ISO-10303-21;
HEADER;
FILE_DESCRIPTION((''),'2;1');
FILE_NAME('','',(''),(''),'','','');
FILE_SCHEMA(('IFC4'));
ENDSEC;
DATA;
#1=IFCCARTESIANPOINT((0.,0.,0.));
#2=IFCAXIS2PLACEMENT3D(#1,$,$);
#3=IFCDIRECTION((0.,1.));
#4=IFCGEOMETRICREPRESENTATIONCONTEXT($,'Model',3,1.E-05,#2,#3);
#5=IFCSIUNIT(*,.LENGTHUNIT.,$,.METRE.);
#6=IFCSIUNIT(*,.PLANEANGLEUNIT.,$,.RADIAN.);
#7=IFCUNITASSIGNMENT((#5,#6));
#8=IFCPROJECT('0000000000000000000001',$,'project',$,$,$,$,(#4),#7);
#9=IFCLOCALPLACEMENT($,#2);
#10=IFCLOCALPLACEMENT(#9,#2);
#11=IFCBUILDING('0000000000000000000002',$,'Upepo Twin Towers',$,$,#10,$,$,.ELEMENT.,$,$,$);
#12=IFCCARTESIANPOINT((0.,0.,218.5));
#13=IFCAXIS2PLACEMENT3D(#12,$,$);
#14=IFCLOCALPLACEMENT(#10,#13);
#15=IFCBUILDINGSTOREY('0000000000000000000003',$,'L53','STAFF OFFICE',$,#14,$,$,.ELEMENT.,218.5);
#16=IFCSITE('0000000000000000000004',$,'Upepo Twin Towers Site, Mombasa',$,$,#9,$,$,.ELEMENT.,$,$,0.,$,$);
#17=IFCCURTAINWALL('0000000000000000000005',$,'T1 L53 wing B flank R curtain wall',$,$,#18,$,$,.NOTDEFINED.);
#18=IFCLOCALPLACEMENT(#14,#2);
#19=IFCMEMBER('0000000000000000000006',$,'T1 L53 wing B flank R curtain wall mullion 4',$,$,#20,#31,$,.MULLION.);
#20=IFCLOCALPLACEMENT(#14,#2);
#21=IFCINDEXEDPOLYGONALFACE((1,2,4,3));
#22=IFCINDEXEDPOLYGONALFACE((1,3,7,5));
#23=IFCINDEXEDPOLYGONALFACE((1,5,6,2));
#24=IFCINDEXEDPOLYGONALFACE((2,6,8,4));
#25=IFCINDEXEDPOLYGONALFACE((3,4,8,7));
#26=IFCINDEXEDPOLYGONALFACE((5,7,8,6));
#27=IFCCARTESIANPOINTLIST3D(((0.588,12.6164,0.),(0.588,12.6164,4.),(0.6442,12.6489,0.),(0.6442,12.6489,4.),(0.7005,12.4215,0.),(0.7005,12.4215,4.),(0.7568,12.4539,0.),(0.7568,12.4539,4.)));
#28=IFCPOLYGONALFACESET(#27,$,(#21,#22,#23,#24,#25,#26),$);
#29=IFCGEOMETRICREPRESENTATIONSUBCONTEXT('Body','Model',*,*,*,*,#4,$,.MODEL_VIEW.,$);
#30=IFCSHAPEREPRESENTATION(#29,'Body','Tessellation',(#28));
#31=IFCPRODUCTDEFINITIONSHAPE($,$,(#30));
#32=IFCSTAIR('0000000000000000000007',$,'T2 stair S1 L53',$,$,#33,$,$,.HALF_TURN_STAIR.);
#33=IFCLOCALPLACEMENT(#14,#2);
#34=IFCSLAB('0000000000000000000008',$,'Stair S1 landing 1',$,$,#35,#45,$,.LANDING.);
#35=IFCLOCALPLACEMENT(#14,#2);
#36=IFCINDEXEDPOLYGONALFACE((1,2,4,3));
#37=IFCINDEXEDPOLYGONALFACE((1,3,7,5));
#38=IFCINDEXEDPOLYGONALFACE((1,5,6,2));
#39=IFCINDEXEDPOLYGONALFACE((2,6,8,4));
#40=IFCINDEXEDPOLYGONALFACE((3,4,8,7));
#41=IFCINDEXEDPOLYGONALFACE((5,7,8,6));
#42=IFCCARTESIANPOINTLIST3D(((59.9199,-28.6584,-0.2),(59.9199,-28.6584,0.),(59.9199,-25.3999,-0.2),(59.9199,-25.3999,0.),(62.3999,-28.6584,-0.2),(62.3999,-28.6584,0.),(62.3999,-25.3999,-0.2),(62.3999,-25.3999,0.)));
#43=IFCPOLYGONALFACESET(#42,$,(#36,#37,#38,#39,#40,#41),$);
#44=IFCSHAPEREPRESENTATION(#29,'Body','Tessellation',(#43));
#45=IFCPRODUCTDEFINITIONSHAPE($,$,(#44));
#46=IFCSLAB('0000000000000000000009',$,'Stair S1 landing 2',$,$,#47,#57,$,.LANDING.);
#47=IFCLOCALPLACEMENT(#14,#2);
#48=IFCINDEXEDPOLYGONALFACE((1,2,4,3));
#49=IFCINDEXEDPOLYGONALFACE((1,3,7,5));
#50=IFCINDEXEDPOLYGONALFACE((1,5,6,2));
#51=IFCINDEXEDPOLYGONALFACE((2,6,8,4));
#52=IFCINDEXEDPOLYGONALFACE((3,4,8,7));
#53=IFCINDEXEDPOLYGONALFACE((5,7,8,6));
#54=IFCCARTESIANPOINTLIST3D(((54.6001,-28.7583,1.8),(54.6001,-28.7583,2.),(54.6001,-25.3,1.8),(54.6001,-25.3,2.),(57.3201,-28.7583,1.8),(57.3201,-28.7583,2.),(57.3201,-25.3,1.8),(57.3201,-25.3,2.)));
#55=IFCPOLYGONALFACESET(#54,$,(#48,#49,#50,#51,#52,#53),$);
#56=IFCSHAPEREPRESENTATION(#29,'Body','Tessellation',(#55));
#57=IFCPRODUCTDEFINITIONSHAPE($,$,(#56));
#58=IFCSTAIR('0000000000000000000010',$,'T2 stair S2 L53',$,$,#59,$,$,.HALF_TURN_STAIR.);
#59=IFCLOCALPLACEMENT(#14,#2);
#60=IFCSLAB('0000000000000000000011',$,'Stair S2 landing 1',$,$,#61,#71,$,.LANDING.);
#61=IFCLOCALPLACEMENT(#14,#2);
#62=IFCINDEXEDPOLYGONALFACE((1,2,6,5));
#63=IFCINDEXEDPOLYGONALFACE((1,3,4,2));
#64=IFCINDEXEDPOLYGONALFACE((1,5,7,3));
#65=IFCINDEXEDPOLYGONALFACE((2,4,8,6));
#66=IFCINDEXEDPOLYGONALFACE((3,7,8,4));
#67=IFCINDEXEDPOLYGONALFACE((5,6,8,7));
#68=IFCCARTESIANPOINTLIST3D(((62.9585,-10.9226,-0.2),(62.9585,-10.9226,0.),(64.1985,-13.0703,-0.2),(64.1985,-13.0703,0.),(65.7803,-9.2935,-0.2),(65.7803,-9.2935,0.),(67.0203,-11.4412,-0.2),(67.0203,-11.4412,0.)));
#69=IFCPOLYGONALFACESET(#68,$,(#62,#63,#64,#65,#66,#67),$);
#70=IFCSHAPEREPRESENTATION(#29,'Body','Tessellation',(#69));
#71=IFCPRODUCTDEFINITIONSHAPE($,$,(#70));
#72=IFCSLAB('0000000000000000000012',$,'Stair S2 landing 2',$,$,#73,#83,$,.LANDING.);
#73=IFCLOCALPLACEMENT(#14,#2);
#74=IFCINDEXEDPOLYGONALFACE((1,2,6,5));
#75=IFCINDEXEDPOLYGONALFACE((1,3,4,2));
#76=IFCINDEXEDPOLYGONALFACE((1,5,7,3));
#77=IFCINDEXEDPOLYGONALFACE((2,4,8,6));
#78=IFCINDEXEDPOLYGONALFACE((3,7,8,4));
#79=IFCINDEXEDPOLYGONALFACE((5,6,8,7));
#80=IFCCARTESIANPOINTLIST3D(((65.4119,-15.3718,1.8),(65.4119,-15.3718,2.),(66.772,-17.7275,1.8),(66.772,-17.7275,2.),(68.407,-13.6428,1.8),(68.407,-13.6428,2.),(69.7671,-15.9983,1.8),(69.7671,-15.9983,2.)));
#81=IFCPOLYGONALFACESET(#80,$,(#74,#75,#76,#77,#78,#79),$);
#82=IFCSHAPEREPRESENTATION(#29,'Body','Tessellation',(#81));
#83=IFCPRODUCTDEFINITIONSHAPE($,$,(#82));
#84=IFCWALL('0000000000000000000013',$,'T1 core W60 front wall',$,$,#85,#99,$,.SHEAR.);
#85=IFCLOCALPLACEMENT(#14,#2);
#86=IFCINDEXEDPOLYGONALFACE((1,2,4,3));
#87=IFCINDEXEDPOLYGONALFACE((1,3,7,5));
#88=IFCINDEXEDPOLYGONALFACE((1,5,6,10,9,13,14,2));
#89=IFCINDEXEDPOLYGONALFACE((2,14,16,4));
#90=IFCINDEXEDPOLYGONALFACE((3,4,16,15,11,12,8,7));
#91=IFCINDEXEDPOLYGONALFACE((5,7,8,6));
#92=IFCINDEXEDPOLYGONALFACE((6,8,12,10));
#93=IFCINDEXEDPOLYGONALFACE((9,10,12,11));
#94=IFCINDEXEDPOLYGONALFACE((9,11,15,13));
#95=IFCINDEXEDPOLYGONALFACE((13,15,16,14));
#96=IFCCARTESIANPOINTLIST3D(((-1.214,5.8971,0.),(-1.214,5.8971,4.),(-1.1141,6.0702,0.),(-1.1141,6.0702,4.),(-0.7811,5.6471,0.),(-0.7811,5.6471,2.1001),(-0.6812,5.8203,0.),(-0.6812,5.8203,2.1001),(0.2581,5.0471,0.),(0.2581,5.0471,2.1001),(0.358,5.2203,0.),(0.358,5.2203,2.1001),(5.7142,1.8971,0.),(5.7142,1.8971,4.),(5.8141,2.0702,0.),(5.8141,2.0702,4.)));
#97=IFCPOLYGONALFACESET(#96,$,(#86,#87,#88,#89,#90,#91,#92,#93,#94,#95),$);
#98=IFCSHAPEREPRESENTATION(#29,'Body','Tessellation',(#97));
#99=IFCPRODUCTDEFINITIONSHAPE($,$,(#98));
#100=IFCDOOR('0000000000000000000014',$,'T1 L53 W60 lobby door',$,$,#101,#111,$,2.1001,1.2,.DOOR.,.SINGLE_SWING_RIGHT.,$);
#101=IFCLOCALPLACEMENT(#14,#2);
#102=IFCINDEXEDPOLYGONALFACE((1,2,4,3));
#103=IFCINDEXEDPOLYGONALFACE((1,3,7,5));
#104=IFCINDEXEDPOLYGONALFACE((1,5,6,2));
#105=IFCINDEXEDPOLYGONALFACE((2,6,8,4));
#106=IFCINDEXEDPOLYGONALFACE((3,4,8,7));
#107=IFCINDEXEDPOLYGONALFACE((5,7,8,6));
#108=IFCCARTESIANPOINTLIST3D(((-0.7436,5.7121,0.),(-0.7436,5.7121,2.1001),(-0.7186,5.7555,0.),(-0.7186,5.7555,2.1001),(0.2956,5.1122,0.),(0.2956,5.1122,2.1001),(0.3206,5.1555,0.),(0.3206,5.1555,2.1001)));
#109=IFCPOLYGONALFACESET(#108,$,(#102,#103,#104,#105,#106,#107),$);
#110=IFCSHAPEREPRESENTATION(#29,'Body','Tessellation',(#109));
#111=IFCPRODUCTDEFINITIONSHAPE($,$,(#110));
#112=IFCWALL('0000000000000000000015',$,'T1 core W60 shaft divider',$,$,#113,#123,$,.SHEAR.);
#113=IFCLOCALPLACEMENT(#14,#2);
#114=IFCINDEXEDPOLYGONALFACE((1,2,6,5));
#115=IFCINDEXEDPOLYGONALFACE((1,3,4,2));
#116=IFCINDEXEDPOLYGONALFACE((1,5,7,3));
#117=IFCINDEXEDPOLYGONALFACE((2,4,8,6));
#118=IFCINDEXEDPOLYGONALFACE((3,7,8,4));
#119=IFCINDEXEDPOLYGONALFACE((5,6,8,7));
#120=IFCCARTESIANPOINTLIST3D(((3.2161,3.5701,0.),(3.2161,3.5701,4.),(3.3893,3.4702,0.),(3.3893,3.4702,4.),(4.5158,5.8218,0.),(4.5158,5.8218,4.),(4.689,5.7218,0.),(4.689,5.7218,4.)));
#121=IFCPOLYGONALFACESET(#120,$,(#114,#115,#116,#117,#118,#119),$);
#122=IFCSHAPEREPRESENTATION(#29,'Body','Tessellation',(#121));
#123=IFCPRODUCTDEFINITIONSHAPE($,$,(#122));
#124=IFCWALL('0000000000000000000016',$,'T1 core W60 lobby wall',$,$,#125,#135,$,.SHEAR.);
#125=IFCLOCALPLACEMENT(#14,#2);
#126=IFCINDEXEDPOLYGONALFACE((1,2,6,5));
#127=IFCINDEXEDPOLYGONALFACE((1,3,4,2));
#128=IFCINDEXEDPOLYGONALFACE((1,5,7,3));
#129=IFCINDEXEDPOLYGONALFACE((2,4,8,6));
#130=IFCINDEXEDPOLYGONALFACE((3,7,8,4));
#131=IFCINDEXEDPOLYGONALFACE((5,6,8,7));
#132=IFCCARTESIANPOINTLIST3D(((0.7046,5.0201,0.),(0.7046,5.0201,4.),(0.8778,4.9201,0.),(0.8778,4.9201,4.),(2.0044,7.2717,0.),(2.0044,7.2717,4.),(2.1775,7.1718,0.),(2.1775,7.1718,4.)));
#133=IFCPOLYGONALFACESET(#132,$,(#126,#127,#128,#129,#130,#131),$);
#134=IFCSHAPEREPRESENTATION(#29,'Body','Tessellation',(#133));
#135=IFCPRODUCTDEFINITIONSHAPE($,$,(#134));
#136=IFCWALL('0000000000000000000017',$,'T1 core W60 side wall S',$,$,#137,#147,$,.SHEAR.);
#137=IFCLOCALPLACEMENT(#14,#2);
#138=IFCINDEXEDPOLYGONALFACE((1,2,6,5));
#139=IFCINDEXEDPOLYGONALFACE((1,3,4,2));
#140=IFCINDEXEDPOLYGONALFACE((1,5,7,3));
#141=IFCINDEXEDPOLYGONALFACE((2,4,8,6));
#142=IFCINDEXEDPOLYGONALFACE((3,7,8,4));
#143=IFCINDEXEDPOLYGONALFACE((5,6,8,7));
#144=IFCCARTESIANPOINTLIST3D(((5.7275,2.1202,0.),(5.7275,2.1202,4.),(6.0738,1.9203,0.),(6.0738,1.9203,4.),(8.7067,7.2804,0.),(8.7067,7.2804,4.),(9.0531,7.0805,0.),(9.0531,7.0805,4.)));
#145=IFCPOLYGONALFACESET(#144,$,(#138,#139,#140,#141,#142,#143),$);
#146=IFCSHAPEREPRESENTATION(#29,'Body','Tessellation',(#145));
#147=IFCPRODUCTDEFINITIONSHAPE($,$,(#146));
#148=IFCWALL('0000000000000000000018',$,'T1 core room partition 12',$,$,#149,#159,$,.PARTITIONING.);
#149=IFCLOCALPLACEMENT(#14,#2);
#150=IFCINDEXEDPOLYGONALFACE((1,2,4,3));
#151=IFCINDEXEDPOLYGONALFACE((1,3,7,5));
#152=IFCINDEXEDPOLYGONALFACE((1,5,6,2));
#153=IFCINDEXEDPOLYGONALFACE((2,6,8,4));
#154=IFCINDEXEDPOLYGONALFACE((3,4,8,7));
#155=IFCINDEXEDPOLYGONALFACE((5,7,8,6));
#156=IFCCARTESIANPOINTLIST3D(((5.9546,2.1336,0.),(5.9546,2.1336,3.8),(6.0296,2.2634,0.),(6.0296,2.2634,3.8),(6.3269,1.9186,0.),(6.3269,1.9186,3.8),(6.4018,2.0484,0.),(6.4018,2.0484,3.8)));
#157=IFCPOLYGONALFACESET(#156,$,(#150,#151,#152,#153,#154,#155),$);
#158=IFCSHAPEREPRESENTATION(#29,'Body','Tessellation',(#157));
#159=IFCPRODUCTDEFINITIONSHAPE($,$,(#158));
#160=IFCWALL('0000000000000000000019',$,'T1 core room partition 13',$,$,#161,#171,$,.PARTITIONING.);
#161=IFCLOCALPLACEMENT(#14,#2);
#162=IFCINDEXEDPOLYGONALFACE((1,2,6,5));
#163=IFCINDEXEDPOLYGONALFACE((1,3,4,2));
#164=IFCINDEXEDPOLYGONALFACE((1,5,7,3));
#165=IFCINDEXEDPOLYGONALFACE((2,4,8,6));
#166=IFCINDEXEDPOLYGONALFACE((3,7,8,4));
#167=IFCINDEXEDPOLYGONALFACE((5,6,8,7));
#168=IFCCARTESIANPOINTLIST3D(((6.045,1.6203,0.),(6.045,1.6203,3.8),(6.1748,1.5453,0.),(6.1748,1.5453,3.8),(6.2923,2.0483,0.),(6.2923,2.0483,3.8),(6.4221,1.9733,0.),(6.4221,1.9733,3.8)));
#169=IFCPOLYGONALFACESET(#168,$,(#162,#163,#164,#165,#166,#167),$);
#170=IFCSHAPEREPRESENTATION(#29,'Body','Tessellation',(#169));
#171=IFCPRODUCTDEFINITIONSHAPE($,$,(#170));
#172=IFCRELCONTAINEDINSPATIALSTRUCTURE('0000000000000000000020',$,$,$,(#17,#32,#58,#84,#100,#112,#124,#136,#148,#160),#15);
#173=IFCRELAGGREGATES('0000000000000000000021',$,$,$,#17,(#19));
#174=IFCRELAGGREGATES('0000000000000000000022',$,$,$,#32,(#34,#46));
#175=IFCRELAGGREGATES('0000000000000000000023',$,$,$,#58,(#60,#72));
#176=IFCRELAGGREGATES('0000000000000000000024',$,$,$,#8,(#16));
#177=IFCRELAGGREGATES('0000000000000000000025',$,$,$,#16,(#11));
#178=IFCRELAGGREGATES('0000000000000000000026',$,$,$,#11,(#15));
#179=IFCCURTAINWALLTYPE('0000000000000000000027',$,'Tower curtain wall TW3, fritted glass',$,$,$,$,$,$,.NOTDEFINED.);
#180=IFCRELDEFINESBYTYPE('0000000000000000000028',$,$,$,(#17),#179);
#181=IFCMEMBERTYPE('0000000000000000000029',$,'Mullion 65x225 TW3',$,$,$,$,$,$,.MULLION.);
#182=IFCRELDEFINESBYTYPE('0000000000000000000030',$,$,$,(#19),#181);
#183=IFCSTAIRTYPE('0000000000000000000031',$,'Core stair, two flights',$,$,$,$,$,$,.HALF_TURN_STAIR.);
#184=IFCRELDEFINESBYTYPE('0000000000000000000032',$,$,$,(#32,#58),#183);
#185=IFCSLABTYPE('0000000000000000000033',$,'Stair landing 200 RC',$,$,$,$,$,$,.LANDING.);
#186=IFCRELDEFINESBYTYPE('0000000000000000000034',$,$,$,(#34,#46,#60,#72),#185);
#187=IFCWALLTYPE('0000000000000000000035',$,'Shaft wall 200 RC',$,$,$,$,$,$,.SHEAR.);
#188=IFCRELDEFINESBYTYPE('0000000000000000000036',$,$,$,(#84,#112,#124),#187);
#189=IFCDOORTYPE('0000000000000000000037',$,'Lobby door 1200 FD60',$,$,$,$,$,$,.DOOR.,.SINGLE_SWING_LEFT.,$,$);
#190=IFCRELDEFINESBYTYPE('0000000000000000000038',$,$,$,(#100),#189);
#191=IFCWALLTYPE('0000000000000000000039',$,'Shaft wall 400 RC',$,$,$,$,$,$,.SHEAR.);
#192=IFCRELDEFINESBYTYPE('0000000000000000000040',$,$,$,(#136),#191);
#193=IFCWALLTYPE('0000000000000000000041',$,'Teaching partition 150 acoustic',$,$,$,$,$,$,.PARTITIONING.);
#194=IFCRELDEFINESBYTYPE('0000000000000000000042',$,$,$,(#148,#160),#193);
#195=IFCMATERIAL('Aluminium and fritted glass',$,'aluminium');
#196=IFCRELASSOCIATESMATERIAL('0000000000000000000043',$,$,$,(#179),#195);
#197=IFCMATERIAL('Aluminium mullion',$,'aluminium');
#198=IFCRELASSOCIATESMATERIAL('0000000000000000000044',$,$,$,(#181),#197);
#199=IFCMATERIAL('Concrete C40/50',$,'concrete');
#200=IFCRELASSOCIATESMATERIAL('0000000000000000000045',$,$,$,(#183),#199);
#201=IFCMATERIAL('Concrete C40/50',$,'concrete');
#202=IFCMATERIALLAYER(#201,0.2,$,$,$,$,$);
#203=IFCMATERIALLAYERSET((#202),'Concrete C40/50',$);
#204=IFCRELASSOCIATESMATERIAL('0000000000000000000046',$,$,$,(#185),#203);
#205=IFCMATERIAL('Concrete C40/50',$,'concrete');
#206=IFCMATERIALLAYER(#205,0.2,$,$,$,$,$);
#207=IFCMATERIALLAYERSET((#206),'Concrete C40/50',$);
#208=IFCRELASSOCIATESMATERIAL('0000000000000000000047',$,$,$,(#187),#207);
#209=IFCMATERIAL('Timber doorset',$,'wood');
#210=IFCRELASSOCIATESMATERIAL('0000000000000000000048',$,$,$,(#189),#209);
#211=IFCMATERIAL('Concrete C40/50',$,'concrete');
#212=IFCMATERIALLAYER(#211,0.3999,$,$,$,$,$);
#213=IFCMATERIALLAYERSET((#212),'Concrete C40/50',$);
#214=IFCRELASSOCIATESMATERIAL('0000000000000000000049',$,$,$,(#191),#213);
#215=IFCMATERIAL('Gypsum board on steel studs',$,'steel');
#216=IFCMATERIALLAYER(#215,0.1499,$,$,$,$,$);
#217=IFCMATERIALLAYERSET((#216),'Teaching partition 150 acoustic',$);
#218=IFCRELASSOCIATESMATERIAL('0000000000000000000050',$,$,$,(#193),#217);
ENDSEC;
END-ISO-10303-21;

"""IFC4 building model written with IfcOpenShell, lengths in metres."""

from ifc_helpers import new_model, si_unit, direction, frame, frame_2d, origin, origin_2d, place, context, subcontext, project, spatial, polyline, rectangle, outline, extrude, material, layer, layer_set, material_profile, profile_set, type_object, element, fill, aggregate, save


model = new_model("IFC4")

# Units and contexts
model_context = context("Model", 3, precision=1e-05, world=origin(), true_north=direction((0.0, 1.0)))
body_context = subcontext(model_context, "Body", "Model", "MODEL_VIEW")
ifc_project = project(units=[si_unit("LENGTHUNIT", "METRE"), si_unit("PLANEANGLEUNIT", "RADIAN")], contexts=[model_context])

# Site, building, storey
site_placement = place(None, origin())
site = spatial("IfcSite", under=ifc_project, at=site_placement, Name="Upepo Twin Towers Site, Mombasa", CompositionType="ELEMENT", RefElevation=0.0)
building_placement = place(site_placement, origin())
building = spatial("IfcBuilding", under=site, at=building_placement, Name="Upepo Twin Towers", CompositionType="ELEMENT")
storey_placement = place(building_placement, frame((0.0, 0.0, 218.5)))
storey = spatial("IfcBuildingStorey", under=building, at=storey_placement, Name="L53", Description="STAFF OFFICE", CompositionType="ELEMENT", Elevation=218.5)

# Curtain wall, member
ifc_material_1 = material(Name="Aluminium and fritted glass", Category="aluminium")
curtain_wall_type = type_object("IfcCurtainWallType", Name="Tower curtain wall TW3, fritted glass", PredefinedType="NOTDEFINED", material=ifc_material_1)
curtain_wall_placement = place(storey_placement, origin())
curtain_wall = element("IfcCurtainWall", 1, at=curtain_wall_placement, inside=storey, type_object=curtain_wall_type, Name="T1 L53 wing B flank R curtain wall", PredefinedType="NOTDEFINED")
ifc_material_2 = material(Name="Aluminium mullion", Category="aluminium")
ifc_material_profile = material_profile(ifc_material_2, rectangle(XDim=0.0649, YDim=0.2251, at=origin_2d()), Name="MULLION 65x225")
ifc_profile_set = profile_set([ifc_material_profile], Name="Aluminium mullion")
member_type = type_object("IfcMemberType", Name="Mullion 65x225 TW3", PredefinedType="MULLION", material=ifc_profile_set)
member_placement = place(storey_placement, frame((0.6724, 12.5352, 0.0), z_axis=(0.0, 0.0, 1.0), x_axis=(0.866025, 0.5, 0.0)))
member = element("IfcMember", 2, at=member_placement, type_object=member_type, Name="T1 L53 wing B flank R curtain wall mullion 4", PredefinedType="MULLION", context=body_context, shape_type="SweptSolid", body=[
    extrude(rectangle(XDim=0.0649, YDim=0.2251, at=origin_2d()), origin(), (0.0, 0.0, 1.0), 4.0),
])
aggregate(curtain_wall, [member])

# Stairs, slabs
ifc_material_3 = material(Name="Concrete C40/50", Category="concrete")
stair_type = type_object("IfcStairType", Name="Core stair, two flights", PredefinedType="HALF_TURN_STAIR", material=ifc_material_3)
stair_1_placement = place(storey_placement, origin())
stair_1 = element("IfcStair", 3, at=stair_1_placement, inside=storey, type_object=stair_type, Name="T2 stair S1 L53", PredefinedType="HALF_TURN_STAIR")
ifc_material_4 = material(Name="Concrete C40/50", Category="concrete")
ifc_layer_1 = layer(ifc_material_4, 0.2)
ifc_layer_set_1 = layer_set([ifc_layer_1], Name="Concrete C40/50")
slab_type = type_object("IfcSlabType", Name="Stair landing 200 RC", PredefinedType="LANDING", material=ifc_layer_set_1)
slab_1_placement = place(storey_placement, frame((0.0, 0.0, -0.2)))
slab_1 = element("IfcSlab", 4, at=slab_1_placement, type_object=slab_type, Name="Stair S1 landing 1", PredefinedType="LANDING", context=body_context, shape_type="SweptSolid", body=[
    extrude(outline(polyline([(59.9199, -25.3999), (59.9199, -28.6584), (62.3999, -28.6584), (62.3999, -25.3999), (59.9199, -25.3999)])), origin(), (0.0, 0.0, 1.0), 0.2),
])
slab_2_placement = place(storey_placement, frame((0.0, 0.0, 1.8)))
slab_2 = element("IfcSlab", 5, at=slab_2_placement, type_object=slab_type, Name="Stair S1 landing 2", PredefinedType="LANDING", context=body_context, shape_type="SweptSolid", body=[
    extrude(outline(polyline([(54.6001, -25.3), (54.6001, -28.7583), (57.3201, -28.7583), (57.3201, -25.3), (54.6001, -25.3)])), origin(), (0.0, 0.0, 1.0), 0.2),
])
aggregate(stair_1, [slab_1, slab_2])
stair_2_placement = place(storey_placement, origin())
stair_2 = element("IfcStair", 6, at=stair_2_placement, inside=storey, type_object=stair_type, Name="T2 stair S2 L53", PredefinedType="HALF_TURN_STAIR")
slab_3_placement = place(storey_placement, frame((0.0, 0.0, -0.2)))
slab_3 = element("IfcSlab", 7, at=slab_3_placement, type_object=slab_type, Name="Stair S2 landing 1", PredefinedType="LANDING", context=body_context, shape_type="SweptSolid", body=[
    extrude(outline(polyline([(64.1985, -13.0703), (67.0203, -11.4412), (65.7803, -9.2935), (62.9585, -10.9226), (64.1985, -13.0703)])), origin(), (0.0, 0.0, 1.0), 0.2),
])
slab_4_placement = place(storey_placement, frame((0.0, 0.0, 1.8)))
slab_4 = element("IfcSlab", 8, at=slab_4_placement, type_object=slab_type, Name="Stair S2 landing 2", PredefinedType="LANDING", context=body_context, shape_type="SweptSolid", body=[
    extrude(outline(polyline([(66.772, -17.7275), (69.7671, -15.9983), (68.407, -13.6428), (65.4119, -15.3718), (66.772, -17.7275)])), origin(), (0.0, 0.0, 1.0), 0.2),
])
aggregate(stair_2, [slab_3, slab_4])

# Wall, opening, door
ifc_material_5 = material(Name="Concrete C40/50", Category="concrete")
ifc_layer_2 = layer(ifc_material_5, 0.2)
ifc_layer_set_2 = layer_set([ifc_layer_2], Name="Concrete C40/50")
wall_type_1 = type_object("IfcWallType", Name="Shaft wall 200 RC", PredefinedType="SHEAR", material=ifc_layer_set_2)
wall_1_placement = place(storey_placement, frame((5.7642, 1.9836, 0.0), z_axis=(0.0, 0.0, 1.0), x_axis=(-0.866026, 0.499999, 0.0)))
wall_1 = element("IfcWall", 9, at=wall_1_placement, inside=storey, type_object=wall_type_1, Name="T1 core W60 front wall", PredefinedType="SHEAR", context=body_context, shape_type="SweptSolid", body=[
    extrude(rectangle(XDim=8.0, YDim=0.2, at=frame_2d((4.0, 0.0))), origin(), (0.0, 0.0, 1.0), 4.0),
])
opening_1_placement = place(wall_1_placement, frame((6.3, 0.0, 0.0)))
opening_1 = element("IfcOpeningElement", 10, at=opening_1_placement, cuts=wall_1, PredefinedType="OPENING", context=body_context, shape_type="SweptSolid", body=[
    extrude(rectangle(XDim=1.2, YDim=2.1001, at=frame_2d((0.6001, 1.05))), frame((0.0, 0.1099, 0.0), z_axis=(0.0, -1.0, 0.0), x_axis=(1.0, 0.0, 0.0)), (0.0, 0.0, 1.0), 0.22),
])
ifc_material_6 = material(Name="Timber doorset", Category="wood")
door_type_1 = type_object("IfcDoorType", Name="Lobby door 1200 FD60", OperationType="SINGLE_SWING_LEFT", PredefinedType="DOOR", material=ifc_material_6)
door_1_placement = place(opening_1_placement, origin())
door_1 = element("IfcDoor", 11, at=door_1_placement, inside=storey, type_object=door_type_1, Name="T1 L53 W60 lobby door", OperationType="SINGLE_SWING_RIGHT", OverallHeight=2.1001, OverallWidth=1.2, PredefinedType="DOOR", context=body_context, shape_type="SweptSolid", body=[
    extrude(rectangle(XDim=1.2, YDim=2.1001, at=frame_2d((0.6001, 1.05))), frame((0.0, 0.0249, 0.0), z_axis=(0.0, -1.0, 0.0), x_axis=(1.0, 0.0, 0.0)), (0.0, 0.0, 1.0), 0.05),
])
fill(opening_1, door_1)

# Walls
for number, where, z_axis, x_axis, name in (
    (12, (3.3027, 3.5203, 0.0), (0.0, 0.0, 1.0), (0.499937, 0.866062, 0.0), "T1 core W60 shaft divider"),
    (13, (0.7913, 4.9702, 0.0), (0.0, 0.0, 1.0), (0.499937, 0.866062, 0.0), "T1 core W60 lobby wall"),
):
    element("IfcWall", number, at=place(storey_placement, frame(where, z_axis=z_axis, x_axis=x_axis)), inside=storey, type_object=wall_type_1, Name=name, PredefinedType="SHEAR", context=body_context, shape_type="SweptSolid", body=[
        extrude(rectangle(XDim=2.5999, YDim=0.2, at=frame_2d((1.2998, 0.0))), origin(), (0.0, 0.0, 1.0), 4.0),
    ])
ifc_material_7 = material(Name="Concrete C40/50", Category="concrete")
ifc_layer_3 = layer(ifc_material_7, 0.3999)
ifc_layer_set_3 = layer_set([ifc_layer_3], Name="Concrete C40/50")
wall_type_2 = type_object("IfcWallType", Name="Shaft wall 400 RC", PredefinedType="SHEAR", material=ifc_layer_set_3)
wall_2_placement = place(storey_placement, frame((5.9006, 2.0203, 0.0), z_axis=(0.0, 0.0, 1.0), x_axis=(0.500004, 0.866023, 0.0)))
element("IfcWall", 14, at=wall_2_placement, inside=storey, type_object=wall_type_2, Name="T1 core W60 side wall S", PredefinedType="SHEAR", context=body_context, shape_type="SweptSolid", body=[
    extrude(rectangle(XDim=5.9585, YDim=0.3999, at=frame_2d((2.9792, 0.0))), origin(), (0.0, 0.0, 1.0), 4.0),
])
ifc_material_8 = material(Name="Gypsum board on steel studs", Category="steel")
ifc_layer_4 = layer(ifc_material_8, 0.1499)
ifc_layer_set_4 = layer_set([ifc_layer_4], Name="Teaching partition 150 acoustic")
wall_type_3 = type_object("IfcWallType", Name="Teaching partition 150 acoustic", PredefinedType="PARTITIONING", material=ifc_layer_set_4)
wall_3_placement = place(storey_placement, frame((5.9922, 2.1985, 0.0), z_axis=(0.0, 0.0, 1.0), x_axis=(0.865892, -0.50023, 0.0)))
element("IfcWall", 15, at=wall_3_placement, inside=storey, type_object=wall_type_3, Name="T1 core room partition 12", PredefinedType="PARTITIONING", context=body_context, shape_type="SweptSolid", body=[
    extrude(rectangle(XDim=0.4299, YDim=0.1499, at=frame_2d((0.2148, 0.0))), origin(), (0.0, 0.0, 1.0), 3.8),
])
wall_4_placement = place(storey_placement, frame((6.3572, 2.0107, 0.0), z_axis=(0.0, 0.0, 1.0), x_axis=(-0.500335, -0.865832, 0.0)))
element("IfcWall", 16, at=wall_4_placement, inside=storey, type_object=wall_type_3, Name="T1 core room partition 13", PredefinedType="PARTITIONING", context=body_context, shape_type="SweptSolid", body=[
    extrude(rectangle(XDim=0.4944, YDim=0.1499, at=frame_2d((0.2471, 0.0))), origin(), (0.0, 0.0, 1.0), 3.8),
])

save(model, "model.ifc")
